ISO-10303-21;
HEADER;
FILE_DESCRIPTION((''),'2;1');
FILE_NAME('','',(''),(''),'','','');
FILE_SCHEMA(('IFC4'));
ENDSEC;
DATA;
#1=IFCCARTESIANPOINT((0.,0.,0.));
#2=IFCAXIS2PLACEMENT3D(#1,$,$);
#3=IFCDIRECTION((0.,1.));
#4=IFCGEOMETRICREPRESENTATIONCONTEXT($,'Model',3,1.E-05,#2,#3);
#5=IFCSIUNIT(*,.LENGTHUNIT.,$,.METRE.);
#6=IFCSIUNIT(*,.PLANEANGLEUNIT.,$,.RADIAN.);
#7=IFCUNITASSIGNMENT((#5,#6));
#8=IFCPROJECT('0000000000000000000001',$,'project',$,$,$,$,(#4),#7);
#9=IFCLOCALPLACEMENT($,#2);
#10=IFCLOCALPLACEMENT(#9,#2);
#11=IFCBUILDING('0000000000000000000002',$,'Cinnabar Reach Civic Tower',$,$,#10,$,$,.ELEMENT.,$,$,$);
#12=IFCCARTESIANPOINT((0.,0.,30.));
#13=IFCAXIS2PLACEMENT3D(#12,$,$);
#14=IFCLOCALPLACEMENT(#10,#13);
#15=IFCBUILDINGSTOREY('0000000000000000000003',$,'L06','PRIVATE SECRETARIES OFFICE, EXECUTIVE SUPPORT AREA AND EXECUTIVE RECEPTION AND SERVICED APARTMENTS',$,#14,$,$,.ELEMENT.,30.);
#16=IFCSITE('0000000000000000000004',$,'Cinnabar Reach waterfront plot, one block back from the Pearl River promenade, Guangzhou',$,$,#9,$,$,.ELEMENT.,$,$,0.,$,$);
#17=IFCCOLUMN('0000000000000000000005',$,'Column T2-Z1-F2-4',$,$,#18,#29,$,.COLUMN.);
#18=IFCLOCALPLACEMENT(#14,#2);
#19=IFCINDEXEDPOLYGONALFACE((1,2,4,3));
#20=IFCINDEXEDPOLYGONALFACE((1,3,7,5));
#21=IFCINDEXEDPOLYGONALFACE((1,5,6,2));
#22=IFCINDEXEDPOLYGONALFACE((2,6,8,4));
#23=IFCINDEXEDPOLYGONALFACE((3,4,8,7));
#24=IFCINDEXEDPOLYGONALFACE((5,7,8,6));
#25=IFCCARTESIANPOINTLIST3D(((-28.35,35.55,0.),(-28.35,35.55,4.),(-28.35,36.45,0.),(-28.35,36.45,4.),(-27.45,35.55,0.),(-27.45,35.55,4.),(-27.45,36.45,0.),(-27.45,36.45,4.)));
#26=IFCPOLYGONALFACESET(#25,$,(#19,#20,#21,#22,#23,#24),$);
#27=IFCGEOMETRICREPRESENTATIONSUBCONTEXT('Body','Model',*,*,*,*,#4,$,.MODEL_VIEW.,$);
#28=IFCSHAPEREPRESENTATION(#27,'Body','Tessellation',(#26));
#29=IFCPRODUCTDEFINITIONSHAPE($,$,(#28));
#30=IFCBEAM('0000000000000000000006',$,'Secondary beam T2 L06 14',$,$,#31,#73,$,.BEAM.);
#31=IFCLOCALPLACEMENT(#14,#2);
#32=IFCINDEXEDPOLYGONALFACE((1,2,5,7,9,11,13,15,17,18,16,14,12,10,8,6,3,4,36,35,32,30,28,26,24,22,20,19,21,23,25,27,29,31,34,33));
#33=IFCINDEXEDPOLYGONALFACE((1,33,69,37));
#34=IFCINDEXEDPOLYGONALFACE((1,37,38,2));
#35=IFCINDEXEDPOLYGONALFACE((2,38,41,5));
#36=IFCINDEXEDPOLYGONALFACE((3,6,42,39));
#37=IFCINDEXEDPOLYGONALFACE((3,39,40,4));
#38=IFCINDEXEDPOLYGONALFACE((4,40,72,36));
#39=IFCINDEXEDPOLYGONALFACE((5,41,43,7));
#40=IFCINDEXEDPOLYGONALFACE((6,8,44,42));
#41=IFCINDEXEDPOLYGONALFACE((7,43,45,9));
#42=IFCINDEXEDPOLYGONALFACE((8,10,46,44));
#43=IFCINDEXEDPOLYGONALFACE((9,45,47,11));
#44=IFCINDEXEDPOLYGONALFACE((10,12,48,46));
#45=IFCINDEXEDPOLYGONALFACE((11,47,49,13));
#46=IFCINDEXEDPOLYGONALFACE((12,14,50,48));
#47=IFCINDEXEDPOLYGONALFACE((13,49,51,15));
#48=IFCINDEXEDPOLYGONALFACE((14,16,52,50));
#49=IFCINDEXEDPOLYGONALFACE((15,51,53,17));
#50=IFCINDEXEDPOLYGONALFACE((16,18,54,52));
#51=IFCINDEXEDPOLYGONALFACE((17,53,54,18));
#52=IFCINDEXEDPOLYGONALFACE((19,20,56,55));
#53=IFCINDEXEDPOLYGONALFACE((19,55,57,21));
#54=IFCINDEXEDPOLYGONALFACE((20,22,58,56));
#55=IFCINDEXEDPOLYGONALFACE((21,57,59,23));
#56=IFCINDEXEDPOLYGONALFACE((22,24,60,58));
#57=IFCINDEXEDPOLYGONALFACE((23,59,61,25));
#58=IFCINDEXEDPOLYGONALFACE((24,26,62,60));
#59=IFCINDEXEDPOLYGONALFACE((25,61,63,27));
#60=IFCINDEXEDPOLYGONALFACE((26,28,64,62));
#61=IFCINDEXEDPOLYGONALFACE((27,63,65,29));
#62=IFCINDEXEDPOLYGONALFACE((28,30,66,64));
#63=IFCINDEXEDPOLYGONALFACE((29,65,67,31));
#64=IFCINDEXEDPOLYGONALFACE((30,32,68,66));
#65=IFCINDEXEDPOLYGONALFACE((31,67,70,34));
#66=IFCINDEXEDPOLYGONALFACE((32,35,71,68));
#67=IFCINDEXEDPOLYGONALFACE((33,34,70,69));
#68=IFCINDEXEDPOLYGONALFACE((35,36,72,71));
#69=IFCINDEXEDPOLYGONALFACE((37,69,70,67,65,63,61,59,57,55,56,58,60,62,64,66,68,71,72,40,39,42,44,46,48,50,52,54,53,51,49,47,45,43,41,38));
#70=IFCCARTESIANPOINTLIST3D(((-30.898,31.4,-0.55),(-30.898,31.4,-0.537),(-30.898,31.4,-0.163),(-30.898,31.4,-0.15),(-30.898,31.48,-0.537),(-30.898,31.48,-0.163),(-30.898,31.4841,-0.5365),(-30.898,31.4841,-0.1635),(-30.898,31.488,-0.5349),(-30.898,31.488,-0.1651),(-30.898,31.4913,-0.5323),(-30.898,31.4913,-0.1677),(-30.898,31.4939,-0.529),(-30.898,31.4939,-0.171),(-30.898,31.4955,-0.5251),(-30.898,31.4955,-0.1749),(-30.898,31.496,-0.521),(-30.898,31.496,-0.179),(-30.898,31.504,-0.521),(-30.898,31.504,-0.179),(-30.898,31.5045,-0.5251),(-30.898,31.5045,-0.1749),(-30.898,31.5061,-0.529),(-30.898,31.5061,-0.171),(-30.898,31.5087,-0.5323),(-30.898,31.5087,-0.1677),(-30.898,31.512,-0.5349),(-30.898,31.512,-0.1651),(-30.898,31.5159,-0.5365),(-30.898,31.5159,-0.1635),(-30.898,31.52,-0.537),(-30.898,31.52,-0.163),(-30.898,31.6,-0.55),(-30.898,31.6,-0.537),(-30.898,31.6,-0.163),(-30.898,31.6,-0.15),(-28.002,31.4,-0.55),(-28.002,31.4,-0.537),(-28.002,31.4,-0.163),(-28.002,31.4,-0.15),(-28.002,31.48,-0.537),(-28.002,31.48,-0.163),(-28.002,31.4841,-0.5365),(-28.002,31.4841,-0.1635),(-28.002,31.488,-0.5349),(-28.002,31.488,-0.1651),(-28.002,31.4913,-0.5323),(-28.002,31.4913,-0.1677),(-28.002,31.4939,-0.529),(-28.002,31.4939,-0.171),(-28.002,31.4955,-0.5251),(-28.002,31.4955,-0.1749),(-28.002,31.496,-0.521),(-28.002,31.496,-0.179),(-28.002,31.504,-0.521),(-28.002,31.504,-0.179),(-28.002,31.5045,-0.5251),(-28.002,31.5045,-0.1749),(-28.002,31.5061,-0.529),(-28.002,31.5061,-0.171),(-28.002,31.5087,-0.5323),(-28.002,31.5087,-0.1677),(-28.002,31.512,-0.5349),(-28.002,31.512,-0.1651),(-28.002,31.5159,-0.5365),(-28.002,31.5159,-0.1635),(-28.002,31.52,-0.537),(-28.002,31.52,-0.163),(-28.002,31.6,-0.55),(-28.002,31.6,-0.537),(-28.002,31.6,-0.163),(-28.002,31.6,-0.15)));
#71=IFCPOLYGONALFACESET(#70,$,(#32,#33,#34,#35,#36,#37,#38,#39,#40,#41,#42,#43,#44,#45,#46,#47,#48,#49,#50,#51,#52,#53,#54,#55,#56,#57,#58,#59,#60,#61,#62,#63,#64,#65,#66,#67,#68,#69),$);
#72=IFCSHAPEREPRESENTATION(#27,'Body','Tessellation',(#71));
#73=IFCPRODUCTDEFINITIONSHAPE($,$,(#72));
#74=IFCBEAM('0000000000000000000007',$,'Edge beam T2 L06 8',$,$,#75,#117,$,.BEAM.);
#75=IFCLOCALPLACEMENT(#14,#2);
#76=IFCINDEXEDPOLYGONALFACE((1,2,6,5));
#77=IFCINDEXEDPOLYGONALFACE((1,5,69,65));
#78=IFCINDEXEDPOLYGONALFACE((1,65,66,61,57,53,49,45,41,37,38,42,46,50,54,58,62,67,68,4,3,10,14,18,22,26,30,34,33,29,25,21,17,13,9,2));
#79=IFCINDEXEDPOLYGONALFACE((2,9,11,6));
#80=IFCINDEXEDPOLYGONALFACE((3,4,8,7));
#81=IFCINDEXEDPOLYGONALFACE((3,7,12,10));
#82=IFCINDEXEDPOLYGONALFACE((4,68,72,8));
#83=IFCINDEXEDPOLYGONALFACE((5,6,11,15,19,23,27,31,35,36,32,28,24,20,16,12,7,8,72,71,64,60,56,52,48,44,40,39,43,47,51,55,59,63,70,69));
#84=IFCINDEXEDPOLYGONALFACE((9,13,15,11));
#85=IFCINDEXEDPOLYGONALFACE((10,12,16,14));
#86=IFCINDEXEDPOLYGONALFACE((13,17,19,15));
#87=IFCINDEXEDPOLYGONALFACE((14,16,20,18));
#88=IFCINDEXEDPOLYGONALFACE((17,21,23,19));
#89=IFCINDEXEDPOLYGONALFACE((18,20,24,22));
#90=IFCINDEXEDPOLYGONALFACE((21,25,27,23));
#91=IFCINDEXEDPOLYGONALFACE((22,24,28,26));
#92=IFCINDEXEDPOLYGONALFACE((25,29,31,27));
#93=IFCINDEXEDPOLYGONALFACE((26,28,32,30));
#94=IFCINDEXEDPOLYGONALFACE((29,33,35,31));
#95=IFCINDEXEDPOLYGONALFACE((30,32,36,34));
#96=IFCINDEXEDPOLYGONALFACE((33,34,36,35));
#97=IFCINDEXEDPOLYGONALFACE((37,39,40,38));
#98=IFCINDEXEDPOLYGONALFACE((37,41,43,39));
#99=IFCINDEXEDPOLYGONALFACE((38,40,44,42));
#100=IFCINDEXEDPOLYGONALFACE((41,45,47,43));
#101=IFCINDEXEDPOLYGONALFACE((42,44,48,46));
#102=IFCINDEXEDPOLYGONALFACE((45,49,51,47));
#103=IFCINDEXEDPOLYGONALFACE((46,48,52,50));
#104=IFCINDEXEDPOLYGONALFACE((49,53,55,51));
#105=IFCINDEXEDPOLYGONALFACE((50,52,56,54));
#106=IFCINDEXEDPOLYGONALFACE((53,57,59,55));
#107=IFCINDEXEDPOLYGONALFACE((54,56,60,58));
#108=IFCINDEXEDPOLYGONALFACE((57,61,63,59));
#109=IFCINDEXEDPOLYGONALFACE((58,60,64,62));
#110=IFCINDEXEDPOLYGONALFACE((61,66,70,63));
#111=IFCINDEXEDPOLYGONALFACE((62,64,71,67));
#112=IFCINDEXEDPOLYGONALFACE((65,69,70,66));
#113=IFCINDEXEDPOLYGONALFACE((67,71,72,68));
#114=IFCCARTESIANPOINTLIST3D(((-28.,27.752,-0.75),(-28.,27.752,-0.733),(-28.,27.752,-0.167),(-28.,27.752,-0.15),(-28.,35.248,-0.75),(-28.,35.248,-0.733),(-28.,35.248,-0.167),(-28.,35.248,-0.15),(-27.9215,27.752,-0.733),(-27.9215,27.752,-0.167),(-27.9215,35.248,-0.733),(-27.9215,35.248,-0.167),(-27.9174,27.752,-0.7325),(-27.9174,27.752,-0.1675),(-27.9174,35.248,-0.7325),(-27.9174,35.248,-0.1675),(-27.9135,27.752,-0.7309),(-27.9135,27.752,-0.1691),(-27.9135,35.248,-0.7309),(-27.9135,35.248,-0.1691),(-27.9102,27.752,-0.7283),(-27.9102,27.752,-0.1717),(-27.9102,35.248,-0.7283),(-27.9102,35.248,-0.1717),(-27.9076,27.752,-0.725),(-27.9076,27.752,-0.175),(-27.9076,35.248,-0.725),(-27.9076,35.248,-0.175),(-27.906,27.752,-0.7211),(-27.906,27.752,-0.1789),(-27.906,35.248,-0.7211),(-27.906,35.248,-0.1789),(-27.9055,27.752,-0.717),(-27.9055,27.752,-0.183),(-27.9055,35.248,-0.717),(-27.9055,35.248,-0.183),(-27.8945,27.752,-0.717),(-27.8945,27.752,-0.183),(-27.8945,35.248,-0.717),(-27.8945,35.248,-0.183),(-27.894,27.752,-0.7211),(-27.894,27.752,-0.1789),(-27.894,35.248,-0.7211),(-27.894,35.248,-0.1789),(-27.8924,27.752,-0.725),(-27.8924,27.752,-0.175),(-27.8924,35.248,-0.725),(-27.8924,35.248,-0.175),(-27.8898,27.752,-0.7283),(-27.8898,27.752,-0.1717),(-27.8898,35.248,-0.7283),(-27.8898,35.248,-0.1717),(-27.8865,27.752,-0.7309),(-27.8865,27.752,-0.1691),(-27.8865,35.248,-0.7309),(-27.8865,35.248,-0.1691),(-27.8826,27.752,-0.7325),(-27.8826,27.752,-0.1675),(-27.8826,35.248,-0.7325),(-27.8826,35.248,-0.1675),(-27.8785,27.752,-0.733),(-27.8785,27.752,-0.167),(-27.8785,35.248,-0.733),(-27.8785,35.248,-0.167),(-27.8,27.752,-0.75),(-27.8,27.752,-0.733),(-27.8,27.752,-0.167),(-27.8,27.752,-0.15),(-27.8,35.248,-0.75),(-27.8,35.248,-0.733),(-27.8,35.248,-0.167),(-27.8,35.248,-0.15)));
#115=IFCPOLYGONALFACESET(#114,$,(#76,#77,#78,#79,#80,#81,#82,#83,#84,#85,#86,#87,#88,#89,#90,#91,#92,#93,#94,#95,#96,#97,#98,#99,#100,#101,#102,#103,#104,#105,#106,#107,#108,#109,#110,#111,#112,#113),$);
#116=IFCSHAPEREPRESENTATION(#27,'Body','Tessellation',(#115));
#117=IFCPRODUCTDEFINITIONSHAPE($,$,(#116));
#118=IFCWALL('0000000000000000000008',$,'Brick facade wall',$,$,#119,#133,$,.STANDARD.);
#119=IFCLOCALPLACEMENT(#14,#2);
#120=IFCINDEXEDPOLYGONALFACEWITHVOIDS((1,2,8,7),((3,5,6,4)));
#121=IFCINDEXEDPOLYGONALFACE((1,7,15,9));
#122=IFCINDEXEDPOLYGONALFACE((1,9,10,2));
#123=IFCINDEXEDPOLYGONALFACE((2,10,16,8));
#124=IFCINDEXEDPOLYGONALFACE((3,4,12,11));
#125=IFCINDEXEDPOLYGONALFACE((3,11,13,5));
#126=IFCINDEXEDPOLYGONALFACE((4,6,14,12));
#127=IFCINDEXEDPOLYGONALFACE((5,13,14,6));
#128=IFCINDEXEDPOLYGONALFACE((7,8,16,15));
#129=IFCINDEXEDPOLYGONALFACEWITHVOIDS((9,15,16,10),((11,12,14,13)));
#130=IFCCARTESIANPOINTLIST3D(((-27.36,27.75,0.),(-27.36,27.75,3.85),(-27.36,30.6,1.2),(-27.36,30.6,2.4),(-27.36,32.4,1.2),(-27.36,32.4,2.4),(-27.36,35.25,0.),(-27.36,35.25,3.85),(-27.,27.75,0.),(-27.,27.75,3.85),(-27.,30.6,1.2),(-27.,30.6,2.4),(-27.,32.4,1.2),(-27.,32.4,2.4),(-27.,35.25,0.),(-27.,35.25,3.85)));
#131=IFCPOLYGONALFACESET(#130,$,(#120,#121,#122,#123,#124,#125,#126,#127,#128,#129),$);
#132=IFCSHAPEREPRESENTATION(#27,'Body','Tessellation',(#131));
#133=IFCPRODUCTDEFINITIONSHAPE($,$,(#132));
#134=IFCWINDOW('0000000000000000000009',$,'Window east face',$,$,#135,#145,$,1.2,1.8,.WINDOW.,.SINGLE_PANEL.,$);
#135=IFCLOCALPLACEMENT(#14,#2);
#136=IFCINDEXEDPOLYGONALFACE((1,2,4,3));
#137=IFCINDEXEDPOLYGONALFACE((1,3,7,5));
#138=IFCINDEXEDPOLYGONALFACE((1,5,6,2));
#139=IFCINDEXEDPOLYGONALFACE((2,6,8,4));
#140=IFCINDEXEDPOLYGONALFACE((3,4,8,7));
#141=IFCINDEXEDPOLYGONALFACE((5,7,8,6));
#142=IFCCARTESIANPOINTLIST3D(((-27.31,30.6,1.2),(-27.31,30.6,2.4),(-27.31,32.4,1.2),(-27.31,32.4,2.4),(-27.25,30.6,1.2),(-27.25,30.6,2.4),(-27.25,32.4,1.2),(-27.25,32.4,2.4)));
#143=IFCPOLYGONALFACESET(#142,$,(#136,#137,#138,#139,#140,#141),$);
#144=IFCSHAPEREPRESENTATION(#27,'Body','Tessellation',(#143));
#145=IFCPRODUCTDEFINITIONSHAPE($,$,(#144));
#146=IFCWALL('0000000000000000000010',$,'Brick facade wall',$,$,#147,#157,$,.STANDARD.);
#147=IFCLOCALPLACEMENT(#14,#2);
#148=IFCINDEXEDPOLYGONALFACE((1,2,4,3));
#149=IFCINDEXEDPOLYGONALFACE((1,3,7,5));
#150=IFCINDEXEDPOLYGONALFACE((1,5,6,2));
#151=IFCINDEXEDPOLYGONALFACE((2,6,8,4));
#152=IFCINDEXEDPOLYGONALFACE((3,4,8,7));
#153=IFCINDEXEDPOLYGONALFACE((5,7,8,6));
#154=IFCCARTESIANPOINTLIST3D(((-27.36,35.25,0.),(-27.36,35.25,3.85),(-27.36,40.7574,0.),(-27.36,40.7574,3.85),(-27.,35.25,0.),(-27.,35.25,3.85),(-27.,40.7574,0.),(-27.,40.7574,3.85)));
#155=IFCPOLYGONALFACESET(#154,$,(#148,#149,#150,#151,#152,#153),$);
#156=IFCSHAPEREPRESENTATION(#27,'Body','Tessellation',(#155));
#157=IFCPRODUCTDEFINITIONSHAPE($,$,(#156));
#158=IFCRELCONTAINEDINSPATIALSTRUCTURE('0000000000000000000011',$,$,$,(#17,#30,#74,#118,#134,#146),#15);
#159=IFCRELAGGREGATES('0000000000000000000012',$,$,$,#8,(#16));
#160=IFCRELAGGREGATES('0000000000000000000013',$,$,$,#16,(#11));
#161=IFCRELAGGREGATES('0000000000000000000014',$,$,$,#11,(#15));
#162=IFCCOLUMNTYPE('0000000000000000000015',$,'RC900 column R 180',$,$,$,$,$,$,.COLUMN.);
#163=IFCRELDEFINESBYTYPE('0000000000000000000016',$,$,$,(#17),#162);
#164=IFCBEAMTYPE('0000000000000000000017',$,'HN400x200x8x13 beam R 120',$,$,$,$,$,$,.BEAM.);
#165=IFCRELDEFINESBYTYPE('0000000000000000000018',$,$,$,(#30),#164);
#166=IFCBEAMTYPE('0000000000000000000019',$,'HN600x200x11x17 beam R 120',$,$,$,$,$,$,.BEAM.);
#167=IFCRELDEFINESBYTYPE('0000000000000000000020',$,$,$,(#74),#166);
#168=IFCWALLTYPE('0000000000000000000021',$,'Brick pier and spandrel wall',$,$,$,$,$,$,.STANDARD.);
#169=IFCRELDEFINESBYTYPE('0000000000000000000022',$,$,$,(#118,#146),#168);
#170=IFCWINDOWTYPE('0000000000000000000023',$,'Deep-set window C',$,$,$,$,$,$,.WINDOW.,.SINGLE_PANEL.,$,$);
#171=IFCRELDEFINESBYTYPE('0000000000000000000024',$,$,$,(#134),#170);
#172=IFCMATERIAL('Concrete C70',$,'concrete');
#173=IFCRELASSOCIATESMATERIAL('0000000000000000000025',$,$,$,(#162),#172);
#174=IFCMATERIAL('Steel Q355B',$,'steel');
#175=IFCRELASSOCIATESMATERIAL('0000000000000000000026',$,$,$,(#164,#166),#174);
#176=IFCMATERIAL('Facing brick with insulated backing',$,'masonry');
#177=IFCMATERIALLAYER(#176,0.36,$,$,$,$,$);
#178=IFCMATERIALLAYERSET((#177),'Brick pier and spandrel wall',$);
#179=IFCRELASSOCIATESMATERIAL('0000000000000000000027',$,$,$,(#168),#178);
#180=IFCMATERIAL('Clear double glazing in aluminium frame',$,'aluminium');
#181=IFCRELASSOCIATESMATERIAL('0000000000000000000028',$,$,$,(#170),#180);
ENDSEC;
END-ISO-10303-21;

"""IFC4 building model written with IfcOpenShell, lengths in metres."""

from ifc_helpers import new_model, si_unit, direction, frame, frame_2d, origin, origin_2d, place, context, subcontext, project, spatial, rectangle, i_section, extrude, material, layer, layer_set, material_profile, profile_set, type_object, element, fill, save


model = new_model("IFC4")

# Units and contexts
model_context = context("Model", 3, precision=1e-05, world=origin(), true_north=direction((0.0, 1.0)))
body_context = subcontext(model_context, "Body", "Model", "MODEL_VIEW")
ifc_project = project(units=[si_unit("LENGTHUNIT", "METRE"), si_unit("PLANEANGLEUNIT", "RADIAN")], contexts=[model_context])

# Site, building, storey
site_placement = place(None, origin())
site = spatial("IfcSite", under=ifc_project, at=site_placement, Name="Cinnabar Reach waterfront plot, one block back from the Pearl River promenade, Guangzhou", CompositionType="ELEMENT", RefElevation=0.0)
building_placement = place(site_placement, origin())
building = spatial("IfcBuilding", under=site, at=building_placement, Name="Cinnabar Reach Civic Tower", CompositionType="ELEMENT")
storey_placement = place(building_placement, frame((0.0, 0.0, 30.0)))
storey = spatial("IfcBuildingStorey", under=building, at=storey_placement, Name="L06", Description="PRIVATE SECRETARIES OFFICE, EXECUTIVE SUPPORT AREA AND EXECUTIVE RECEPTION AND SERVICED APARTMENTS", CompositionType="ELEMENT", Elevation=30.0)

# Column
ifc_material_1 = material(Name="Concrete C70", Category="concrete")
ifc_material_profile_1 = material_profile(ifc_material_1, rectangle(XDim=0.9, YDim=0.9, at=origin_2d()), Name="RC900")
ifc_profile_set_1 = profile_set([ifc_material_profile_1], Name="Concrete C70")
column_type = type_object("IfcColumnType", Name="RC900 column R 180", PredefinedType="COLUMN", material=ifc_profile_set_1)
column_placement = place(storey_placement, frame((-27.9, 36.0, 0.0), z_axis=(0.0, 0.0, 1.0), x_axis=(1.0, 0.0, 0.0)))
element("IfcColumn", 1, at=column_placement, inside=storey, type_object=column_type, Name="Column T2-Z1-F2-4", PredefinedType="COLUMN", context=body_context, shape_type="SweptSolid", body=[
    extrude(rectangle(XDim=0.9, YDim=0.9, at=origin_2d()), origin(), (0.0, 0.0, 1.0), 4.0),
])

# Beams
ifc_material_2 = material(Name="Steel Q355B", Category="steel")
ifc_material_profile_2 = material_profile(ifc_material_2, i_section(OverallWidth=0.2, OverallDepth=0.4, WebThickness=0.008, FlangeThickness=0.013, FilletRadius=0.016, at=origin_2d()), Name="HN400x200x8x13")
ifc_profile_set_2 = profile_set([ifc_material_profile_2], Name="Steel Q355B")
beam_type_1 = type_object("IfcBeamType", Name="HN400x200x8x13 beam R 120", PredefinedType="BEAM", material=ifc_profile_set_2)
beam_1_placement = place(storey_placement, frame((-30.898, 31.5, -0.35), z_axis=(1.0, 0.0, 0.0), x_axis=(0.0, 1.0, 0.0)))
element("IfcBeam", 2, at=beam_1_placement, inside=storey, type_object=beam_type_1, Name="Secondary beam T2 L06 14", PredefinedType="BEAM", context=body_context, shape_type="SweptSolid", body=[
    extrude(i_section(OverallWidth=0.2, OverallDepth=0.4, WebThickness=0.008, FlangeThickness=0.013, FilletRadius=0.016, at=origin_2d()), origin(), (0.0, 0.0, 1.0), 2.896),
])
ifc_material_profile_3 = material_profile(ifc_material_2, i_section(OverallWidth=0.2, OverallDepth=0.6, WebThickness=0.011, FlangeThickness=0.017, FilletRadius=0.016, at=origin_2d()), Name="HN600x200x11x17")
ifc_profile_set_3 = profile_set([ifc_material_profile_3], Name="Steel Q355B")
beam_type_2 = type_object("IfcBeamType", Name="HN600x200x11x17 beam R 120", PredefinedType="BEAM", material=ifc_profile_set_3)
beam_2_placement = place(storey_placement, frame((-27.9, 27.752, -0.45), z_axis=(0.0, 1.0, 0.0), x_axis=(-1.0, 0.0, 0.0)))
element("IfcBeam", 3, at=beam_2_placement, inside=storey, type_object=beam_type_2, Name="Edge beam T2 L06 8", PredefinedType="BEAM", context=body_context, shape_type="SweptSolid", body=[
    extrude(i_section(OverallWidth=0.2, OverallDepth=0.6, WebThickness=0.011, FlangeThickness=0.017, FilletRadius=0.016, at=origin_2d()), origin(), (0.0, 0.0, 1.0), 7.496),
])

# Wall, opening, window
ifc_material_3 = material(Name="Facing brick with insulated backing", Category="masonry")
ifc_layer_1 = layer(ifc_material_3, 0.36)
ifc_layer_set_1 = layer_set([ifc_layer_1], Name="Brick pier and spandrel wall")
wall_type_1 = type_object("IfcWallType", Name="Brick pier and spandrel wall", PredefinedType="STANDARD", material=ifc_layer_set_1)
wall_1_placement = place(storey_placement, frame((-27.18, 27.75, 0.0), z_axis=(0.0, 0.0, 1.0), x_axis=(0.0, 1.0, 0.0)))
wall_1 = element("IfcWall", 4, at=wall_1_placement, inside=storey, type_object=wall_type_1, Name="Brick facade wall", PredefinedType="STANDARD", context=body_context, shape_type="SweptSolid", body=[
    extrude(rectangle(XDim=7.5, YDim=0.36, at=frame_2d((3.75, 0.0))), origin(), (0.0, 0.0, 1.0), 3.85),
])
opening_1_placement = place(wall_1_placement, frame((2.85, 0.0, 1.2)))
opening_1 = element("IfcOpeningElement", 5, at=opening_1_placement, cuts=wall_1, PredefinedType="OPENING", context=body_context, shape_type="SweptSolid", body=[
    extrude(rectangle(XDim=1.8, YDim=1.2, at=frame_2d((0.9, 0.6))), frame((0.0, 0.19, 0.0), z_axis=(0.0, -1.0, 0.0), x_axis=(1.0, 0.0, 0.0)), (0.0, 0.0, 1.0), 0.38),
])
ifc_material_4 = material(Name="Clear double glazing in aluminium frame", Category="aluminium")
window_type = type_object("IfcWindowType", Name="Deep-set window C", PartitioningType="SINGLE_PANEL", PredefinedType="WINDOW", material=ifc_material_4)
window_placement = place(opening_1_placement, origin())
window = element("IfcWindow", 6, at=window_placement, inside=storey, type_object=window_type, Name="Window east face", OverallHeight=1.2, OverallWidth=1.8, PartitioningType="SINGLE_PANEL", PredefinedType="WINDOW", context=body_context, shape_type="SweptSolid", body=[
    extrude(rectangle(XDim=1.8, YDim=1.2, at=frame_2d((0.9, 0.6))), frame((0.0, 0.13, 0.0), z_axis=(0.0, -1.0, 0.0), x_axis=(1.0, 0.0, 0.0)), (0.0, 0.0, 1.0), 0.06),
])
fill(opening_1, window)

# Wall
wall_2_placement = place(storey_placement, frame((-27.18, 35.25, 0.0), z_axis=(0.0, 0.0, 1.0), x_axis=(0.0, 1.0, 0.0)))
element("IfcWall", 7, at=wall_2_placement, inside=storey, type_object=wall_type_1, Name="Brick facade wall", PredefinedType="STANDARD", context=body_context, shape_type="SweptSolid", body=[
    extrude(rectangle(XDim=5.5074, YDim=0.36, at=frame_2d((2.7537, 0.0))), origin(), (0.0, 0.0, 1.0), 3.85),
])

save(model, "model.ifc")
